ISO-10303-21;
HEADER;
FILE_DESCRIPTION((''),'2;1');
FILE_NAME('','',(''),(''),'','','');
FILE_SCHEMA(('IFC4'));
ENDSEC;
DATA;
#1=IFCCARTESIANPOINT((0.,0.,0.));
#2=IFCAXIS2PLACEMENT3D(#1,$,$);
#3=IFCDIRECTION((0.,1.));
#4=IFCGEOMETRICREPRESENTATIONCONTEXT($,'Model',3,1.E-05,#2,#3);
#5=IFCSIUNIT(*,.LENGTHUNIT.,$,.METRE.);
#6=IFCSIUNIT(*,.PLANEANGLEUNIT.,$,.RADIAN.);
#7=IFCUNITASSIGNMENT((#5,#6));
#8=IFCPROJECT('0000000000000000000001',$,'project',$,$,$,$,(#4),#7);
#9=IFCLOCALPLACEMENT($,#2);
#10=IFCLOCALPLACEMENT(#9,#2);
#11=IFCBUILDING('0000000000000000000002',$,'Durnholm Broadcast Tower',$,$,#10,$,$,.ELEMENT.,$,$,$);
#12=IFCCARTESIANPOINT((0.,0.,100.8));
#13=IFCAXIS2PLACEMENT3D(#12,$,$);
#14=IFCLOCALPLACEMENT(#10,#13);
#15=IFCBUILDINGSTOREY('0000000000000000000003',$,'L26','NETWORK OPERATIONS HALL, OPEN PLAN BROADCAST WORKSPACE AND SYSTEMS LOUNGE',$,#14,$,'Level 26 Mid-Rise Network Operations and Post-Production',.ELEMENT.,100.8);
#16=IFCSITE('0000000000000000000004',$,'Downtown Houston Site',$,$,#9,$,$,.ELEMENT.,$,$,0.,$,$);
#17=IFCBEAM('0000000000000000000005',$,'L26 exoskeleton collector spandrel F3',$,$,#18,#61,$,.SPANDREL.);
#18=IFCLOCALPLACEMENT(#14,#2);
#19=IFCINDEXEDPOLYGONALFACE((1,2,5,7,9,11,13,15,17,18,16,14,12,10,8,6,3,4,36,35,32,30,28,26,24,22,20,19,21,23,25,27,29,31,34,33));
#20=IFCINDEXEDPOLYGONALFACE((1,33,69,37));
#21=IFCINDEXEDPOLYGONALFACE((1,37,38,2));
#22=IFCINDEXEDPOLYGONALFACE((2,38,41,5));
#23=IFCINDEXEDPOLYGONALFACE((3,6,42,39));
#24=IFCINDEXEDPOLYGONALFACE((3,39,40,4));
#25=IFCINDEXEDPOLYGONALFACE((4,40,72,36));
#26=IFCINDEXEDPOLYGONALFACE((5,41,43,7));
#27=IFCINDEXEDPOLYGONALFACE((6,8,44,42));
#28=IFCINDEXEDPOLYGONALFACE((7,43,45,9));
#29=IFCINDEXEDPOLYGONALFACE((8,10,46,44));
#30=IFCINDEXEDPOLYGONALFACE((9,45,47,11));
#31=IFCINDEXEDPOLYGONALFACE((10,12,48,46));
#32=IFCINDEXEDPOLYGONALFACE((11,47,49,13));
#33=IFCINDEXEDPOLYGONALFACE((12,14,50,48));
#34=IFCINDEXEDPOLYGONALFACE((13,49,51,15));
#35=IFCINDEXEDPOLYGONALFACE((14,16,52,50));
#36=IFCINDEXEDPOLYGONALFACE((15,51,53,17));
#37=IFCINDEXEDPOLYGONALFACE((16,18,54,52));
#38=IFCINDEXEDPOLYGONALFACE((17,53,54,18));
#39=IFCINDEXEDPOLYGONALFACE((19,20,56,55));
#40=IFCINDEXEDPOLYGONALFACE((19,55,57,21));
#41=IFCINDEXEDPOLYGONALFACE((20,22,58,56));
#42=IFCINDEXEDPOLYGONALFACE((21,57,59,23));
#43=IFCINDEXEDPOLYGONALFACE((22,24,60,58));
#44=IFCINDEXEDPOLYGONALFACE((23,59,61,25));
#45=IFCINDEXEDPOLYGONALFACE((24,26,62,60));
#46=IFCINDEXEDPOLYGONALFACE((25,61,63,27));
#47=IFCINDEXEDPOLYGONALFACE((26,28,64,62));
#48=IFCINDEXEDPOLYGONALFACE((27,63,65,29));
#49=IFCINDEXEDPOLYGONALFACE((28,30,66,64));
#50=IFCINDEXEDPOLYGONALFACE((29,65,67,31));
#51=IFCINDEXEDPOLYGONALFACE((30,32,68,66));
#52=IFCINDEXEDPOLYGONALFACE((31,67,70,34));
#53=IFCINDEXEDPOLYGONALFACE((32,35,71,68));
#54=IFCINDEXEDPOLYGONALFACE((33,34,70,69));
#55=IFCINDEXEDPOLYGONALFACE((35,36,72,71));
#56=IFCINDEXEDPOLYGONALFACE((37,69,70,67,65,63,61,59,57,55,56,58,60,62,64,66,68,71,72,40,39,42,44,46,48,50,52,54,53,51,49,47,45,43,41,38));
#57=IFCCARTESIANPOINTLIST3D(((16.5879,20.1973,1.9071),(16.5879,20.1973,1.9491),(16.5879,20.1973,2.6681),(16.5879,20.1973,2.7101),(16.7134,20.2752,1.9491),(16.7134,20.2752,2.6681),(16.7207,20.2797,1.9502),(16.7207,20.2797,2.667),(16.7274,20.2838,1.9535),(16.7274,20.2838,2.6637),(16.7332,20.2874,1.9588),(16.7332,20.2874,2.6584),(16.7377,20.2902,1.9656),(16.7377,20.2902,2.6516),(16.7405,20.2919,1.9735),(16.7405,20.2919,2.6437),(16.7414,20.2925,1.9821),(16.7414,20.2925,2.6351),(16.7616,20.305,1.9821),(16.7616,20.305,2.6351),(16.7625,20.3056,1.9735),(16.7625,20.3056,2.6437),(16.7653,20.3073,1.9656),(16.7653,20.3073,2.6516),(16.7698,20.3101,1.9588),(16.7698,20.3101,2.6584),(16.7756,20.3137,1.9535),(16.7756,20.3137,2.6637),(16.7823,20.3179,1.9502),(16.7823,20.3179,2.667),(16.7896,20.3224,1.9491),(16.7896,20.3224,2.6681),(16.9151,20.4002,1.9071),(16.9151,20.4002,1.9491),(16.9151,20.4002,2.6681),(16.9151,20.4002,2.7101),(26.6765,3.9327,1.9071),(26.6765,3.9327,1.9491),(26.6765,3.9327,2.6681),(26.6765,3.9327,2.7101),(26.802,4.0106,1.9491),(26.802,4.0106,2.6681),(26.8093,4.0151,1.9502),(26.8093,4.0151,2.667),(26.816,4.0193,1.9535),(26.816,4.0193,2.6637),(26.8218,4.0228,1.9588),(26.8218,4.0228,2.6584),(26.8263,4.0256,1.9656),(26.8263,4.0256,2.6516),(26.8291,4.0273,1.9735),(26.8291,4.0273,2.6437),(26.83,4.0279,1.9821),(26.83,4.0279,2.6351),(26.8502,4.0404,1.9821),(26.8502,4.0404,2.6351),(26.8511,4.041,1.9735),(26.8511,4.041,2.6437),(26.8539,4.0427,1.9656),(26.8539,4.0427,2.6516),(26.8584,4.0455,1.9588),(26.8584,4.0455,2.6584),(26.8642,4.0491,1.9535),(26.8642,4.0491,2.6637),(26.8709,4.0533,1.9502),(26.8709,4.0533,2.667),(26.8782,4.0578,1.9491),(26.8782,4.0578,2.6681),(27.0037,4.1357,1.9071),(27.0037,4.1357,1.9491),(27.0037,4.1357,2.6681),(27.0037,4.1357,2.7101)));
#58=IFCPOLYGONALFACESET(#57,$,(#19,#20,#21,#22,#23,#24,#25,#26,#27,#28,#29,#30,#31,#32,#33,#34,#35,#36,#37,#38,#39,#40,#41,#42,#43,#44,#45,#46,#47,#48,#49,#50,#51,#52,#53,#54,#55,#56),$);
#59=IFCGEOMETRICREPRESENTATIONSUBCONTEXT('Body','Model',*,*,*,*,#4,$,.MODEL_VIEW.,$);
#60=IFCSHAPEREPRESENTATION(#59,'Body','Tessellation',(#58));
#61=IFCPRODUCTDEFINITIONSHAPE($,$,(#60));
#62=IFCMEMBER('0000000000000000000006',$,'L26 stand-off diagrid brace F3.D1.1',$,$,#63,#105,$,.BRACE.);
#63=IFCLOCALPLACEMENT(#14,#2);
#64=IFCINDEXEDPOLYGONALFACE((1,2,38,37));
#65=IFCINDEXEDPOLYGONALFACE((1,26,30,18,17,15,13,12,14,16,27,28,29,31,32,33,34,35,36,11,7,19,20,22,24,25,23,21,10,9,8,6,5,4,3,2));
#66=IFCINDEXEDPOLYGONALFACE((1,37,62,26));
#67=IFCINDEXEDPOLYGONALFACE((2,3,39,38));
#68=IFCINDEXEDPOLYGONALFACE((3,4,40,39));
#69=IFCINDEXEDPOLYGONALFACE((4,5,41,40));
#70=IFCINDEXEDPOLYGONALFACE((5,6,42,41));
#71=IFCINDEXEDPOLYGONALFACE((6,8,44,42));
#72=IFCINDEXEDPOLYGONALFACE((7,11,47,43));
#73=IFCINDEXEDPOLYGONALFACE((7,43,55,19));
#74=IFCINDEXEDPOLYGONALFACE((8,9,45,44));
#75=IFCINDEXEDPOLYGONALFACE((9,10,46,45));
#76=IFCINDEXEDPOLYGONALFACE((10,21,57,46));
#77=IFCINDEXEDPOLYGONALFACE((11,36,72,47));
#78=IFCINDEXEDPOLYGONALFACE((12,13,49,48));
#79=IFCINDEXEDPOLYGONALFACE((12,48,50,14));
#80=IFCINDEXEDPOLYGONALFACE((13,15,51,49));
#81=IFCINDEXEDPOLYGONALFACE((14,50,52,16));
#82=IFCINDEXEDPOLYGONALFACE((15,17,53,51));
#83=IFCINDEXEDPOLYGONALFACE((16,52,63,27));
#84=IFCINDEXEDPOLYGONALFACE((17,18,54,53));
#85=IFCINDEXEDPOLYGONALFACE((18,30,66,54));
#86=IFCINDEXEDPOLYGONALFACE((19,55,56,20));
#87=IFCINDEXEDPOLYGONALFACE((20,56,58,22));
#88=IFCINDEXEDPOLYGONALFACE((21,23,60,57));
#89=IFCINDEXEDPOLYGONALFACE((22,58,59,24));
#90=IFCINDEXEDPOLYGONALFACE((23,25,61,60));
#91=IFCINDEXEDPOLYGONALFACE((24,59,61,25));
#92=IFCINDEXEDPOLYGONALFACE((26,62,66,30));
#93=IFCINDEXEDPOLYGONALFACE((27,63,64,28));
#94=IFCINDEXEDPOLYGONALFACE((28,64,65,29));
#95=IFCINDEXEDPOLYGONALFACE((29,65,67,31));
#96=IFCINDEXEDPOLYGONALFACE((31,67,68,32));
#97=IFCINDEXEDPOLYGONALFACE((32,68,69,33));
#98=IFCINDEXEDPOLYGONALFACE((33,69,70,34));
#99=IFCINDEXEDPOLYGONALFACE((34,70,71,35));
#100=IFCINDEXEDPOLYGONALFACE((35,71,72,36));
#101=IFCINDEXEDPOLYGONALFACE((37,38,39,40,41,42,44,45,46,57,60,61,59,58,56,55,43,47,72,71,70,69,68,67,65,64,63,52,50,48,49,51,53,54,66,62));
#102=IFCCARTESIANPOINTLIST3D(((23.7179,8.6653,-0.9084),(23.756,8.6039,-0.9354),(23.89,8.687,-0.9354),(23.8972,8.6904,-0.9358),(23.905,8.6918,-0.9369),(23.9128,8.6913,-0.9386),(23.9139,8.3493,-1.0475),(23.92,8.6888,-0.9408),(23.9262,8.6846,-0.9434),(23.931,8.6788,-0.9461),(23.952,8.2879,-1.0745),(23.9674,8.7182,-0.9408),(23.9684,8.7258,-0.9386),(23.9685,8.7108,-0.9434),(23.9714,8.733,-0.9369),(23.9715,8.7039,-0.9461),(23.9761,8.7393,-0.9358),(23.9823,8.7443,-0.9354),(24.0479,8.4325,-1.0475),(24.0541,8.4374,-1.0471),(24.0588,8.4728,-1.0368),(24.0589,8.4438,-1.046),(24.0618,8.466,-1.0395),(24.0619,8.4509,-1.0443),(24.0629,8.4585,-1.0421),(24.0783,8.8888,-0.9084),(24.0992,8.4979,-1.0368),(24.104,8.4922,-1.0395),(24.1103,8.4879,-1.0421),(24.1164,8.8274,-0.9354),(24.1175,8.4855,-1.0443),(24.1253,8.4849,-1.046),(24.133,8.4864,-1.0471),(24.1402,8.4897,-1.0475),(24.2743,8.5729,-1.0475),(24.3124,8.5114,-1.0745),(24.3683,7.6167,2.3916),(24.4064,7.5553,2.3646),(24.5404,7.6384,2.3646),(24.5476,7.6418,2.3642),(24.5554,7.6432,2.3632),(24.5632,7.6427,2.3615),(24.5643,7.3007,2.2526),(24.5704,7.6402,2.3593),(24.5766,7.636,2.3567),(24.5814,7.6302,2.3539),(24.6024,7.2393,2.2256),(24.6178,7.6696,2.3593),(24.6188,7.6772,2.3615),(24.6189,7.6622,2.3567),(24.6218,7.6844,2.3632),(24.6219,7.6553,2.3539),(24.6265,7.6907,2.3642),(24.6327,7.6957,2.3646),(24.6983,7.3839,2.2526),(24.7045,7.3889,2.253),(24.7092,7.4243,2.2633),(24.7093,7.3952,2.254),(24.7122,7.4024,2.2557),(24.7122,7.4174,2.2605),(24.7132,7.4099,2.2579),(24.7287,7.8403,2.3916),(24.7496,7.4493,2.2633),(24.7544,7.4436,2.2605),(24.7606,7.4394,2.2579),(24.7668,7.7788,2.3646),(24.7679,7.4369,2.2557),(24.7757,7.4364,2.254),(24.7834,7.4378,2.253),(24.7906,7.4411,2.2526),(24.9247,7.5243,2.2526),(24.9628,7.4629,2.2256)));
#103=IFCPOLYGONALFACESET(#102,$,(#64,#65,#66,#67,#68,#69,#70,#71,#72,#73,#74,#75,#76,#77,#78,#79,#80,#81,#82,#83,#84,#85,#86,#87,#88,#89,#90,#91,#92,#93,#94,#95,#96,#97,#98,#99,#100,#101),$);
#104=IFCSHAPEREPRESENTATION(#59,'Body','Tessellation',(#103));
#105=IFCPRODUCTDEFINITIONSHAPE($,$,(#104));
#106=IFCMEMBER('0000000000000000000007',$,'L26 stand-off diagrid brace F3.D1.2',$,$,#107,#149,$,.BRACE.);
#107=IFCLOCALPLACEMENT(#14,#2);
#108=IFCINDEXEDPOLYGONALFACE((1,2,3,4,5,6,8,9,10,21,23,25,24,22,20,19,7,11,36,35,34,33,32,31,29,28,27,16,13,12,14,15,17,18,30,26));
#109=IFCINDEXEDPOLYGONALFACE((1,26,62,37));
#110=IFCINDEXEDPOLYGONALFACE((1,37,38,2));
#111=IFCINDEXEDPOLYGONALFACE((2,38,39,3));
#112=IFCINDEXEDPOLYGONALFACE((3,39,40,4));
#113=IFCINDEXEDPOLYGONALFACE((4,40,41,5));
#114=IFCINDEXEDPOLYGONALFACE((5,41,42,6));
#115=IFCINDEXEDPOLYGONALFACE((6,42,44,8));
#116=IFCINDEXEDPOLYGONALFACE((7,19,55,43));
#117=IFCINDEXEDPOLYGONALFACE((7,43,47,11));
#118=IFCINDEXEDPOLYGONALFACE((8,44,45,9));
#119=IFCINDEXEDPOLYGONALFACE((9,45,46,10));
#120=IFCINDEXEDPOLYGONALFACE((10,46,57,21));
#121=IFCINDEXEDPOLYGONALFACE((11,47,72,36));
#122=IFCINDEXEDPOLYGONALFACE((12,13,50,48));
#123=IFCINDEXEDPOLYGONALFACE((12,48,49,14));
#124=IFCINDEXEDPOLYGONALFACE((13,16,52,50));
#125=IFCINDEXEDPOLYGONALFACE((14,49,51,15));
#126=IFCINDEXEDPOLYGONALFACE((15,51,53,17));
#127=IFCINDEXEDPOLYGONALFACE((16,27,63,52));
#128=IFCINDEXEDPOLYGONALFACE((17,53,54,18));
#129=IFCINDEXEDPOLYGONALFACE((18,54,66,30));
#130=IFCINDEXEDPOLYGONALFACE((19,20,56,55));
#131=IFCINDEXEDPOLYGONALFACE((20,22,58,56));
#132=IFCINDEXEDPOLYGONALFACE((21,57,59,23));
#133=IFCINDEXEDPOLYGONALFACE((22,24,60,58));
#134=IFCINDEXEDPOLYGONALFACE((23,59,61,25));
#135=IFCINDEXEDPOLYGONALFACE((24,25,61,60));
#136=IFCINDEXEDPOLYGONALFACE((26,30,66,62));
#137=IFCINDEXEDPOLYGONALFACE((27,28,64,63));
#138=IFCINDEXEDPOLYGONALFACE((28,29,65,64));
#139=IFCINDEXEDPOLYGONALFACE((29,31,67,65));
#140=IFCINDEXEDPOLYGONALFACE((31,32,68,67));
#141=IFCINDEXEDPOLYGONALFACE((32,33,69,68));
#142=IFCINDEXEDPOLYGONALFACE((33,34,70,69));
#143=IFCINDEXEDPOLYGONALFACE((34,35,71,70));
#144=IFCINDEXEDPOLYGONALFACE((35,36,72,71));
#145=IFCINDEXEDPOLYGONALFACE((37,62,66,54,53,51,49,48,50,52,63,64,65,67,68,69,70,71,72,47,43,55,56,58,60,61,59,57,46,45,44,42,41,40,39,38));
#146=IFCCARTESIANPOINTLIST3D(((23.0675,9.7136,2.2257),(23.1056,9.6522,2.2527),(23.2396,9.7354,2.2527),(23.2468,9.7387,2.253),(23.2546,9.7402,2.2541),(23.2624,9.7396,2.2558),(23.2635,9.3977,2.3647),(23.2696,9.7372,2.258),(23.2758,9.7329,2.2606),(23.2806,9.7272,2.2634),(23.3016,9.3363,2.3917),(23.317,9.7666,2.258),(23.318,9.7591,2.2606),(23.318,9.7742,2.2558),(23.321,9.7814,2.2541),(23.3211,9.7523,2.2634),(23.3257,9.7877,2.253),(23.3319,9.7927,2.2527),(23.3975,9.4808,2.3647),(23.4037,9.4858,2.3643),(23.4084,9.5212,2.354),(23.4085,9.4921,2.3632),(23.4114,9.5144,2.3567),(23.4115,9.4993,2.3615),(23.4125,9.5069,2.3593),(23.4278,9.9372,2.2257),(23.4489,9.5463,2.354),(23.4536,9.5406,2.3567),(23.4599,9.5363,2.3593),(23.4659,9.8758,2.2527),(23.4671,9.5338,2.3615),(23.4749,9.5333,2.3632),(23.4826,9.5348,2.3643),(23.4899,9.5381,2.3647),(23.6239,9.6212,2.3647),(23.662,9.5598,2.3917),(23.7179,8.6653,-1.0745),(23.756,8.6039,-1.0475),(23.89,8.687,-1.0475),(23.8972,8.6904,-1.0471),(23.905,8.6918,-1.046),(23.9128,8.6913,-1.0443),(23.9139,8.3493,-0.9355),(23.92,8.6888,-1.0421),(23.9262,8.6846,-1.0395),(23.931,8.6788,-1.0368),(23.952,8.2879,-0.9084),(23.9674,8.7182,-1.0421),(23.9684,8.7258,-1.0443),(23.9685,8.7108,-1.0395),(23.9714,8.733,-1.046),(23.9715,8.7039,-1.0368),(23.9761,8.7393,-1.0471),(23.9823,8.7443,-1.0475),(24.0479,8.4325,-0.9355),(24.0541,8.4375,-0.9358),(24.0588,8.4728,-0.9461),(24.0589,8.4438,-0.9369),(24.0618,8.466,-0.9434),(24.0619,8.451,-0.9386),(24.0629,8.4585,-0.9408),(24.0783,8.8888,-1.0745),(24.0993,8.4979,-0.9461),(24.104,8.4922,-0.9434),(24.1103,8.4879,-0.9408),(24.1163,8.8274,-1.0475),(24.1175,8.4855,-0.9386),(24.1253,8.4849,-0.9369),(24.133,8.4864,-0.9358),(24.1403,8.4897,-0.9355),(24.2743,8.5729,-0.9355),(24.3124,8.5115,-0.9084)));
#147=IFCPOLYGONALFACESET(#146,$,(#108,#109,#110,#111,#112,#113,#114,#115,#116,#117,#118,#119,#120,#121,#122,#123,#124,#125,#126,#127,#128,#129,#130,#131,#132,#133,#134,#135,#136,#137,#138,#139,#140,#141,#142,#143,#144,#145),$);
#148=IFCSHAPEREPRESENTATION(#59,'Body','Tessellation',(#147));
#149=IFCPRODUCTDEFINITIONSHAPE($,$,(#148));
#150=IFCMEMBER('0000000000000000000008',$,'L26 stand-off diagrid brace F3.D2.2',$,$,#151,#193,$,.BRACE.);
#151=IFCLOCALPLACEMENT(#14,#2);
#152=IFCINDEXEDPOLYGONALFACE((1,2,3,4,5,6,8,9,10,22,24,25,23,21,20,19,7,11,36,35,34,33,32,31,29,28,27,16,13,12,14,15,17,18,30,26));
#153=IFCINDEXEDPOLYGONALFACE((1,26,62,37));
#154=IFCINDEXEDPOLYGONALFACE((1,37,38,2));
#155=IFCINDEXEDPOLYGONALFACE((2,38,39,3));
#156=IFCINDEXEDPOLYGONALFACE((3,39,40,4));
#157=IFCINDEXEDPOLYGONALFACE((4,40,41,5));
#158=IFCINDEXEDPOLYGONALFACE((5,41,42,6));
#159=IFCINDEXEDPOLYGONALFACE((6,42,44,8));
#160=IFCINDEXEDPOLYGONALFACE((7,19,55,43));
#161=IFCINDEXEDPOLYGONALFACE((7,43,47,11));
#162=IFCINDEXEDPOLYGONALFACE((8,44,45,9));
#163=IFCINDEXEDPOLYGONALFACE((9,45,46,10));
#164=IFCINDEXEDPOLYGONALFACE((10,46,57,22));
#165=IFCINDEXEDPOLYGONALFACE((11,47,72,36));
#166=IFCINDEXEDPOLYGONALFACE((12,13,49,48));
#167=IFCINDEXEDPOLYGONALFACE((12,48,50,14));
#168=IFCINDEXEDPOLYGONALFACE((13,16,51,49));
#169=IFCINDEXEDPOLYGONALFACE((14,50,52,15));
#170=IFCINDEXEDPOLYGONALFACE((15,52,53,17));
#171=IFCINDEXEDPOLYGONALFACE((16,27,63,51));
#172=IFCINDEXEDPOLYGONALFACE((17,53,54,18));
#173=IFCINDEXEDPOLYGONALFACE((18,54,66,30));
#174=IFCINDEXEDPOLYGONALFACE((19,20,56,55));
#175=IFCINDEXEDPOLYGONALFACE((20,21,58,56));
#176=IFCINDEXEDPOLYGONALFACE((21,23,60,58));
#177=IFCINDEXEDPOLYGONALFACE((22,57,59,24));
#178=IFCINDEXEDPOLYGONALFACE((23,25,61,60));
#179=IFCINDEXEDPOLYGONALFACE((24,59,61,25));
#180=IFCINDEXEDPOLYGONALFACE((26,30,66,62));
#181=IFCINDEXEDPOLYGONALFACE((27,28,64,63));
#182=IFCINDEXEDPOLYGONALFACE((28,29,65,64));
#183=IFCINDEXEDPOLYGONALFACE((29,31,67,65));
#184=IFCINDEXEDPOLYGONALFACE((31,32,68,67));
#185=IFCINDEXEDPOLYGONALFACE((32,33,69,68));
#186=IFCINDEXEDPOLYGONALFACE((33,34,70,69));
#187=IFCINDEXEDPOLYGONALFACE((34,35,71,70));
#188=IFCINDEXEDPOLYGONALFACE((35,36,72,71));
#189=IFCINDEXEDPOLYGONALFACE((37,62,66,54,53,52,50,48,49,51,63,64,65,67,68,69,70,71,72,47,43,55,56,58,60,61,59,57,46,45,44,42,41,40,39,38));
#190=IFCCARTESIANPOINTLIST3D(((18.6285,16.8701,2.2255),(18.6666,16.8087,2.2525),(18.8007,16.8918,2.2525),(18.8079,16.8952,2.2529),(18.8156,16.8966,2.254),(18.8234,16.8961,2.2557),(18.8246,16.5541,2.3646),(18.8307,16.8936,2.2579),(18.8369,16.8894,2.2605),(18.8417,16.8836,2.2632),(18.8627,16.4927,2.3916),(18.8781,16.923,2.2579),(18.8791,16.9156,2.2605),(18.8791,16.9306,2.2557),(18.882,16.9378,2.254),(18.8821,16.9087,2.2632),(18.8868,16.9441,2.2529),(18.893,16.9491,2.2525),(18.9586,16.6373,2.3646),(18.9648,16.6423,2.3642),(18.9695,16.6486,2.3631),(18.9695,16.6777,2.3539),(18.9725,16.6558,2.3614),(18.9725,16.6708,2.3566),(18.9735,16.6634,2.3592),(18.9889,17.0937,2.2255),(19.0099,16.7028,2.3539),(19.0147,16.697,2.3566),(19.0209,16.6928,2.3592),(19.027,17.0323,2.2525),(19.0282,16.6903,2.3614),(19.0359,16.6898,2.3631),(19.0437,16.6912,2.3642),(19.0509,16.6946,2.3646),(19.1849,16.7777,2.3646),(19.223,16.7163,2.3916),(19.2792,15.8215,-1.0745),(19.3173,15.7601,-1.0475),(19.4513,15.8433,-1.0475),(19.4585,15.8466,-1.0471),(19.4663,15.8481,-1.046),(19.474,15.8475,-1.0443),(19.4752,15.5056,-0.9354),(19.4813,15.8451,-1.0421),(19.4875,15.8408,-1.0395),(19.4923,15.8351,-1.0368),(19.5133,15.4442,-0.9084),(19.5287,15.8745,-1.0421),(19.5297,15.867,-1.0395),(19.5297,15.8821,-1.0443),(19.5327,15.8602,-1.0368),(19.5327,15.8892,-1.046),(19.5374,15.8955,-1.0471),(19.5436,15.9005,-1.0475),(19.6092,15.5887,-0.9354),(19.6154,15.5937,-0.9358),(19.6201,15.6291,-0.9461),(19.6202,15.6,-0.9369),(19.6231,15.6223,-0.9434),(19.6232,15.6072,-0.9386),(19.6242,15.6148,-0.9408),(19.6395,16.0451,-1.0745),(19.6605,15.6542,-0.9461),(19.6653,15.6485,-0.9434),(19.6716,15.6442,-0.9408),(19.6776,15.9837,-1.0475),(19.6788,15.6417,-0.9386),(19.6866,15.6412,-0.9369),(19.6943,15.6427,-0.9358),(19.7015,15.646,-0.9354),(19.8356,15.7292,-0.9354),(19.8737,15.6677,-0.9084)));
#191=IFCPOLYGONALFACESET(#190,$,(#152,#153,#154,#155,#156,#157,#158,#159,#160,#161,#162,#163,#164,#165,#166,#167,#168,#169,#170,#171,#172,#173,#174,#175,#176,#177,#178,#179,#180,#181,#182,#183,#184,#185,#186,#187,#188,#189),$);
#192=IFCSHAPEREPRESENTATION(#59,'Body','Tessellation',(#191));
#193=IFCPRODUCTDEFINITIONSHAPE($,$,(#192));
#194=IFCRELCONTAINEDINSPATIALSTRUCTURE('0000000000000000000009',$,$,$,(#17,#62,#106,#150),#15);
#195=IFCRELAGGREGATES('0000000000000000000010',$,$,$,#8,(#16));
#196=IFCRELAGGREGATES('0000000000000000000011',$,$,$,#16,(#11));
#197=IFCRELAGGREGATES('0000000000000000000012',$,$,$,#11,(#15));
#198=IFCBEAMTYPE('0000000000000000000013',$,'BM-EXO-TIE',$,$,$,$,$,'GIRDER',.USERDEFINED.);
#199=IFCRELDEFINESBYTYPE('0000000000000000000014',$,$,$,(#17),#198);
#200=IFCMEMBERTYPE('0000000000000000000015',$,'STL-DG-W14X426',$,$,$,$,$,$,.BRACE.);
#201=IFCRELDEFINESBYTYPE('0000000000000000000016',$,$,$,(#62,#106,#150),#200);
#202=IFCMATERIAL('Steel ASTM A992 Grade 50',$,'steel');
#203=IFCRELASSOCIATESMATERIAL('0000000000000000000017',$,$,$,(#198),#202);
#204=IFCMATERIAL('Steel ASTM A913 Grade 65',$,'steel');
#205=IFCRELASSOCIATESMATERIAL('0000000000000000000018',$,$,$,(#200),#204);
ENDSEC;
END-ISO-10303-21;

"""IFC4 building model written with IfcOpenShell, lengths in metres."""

from ifc_helpers import new_model, si_unit, direction, frame, origin, origin_2d, place, context, subcontext, project, spatial, i_section, extrude, source, transform, mapped, material, material_profile, profile_set, type_object, element, save


model = new_model("IFC4")

# Units and contexts
model_context = context("Model", 3, precision=1e-05, world=origin(), true_north=direction((0.0, 1.0)))
body_context = subcontext(model_context, "Body", "Model", "MODEL_VIEW")
ifc_project = project(units=[si_unit("LENGTHUNIT", "METRE"), si_unit("PLANEANGLEUNIT", "RADIAN")], contexts=[model_context])

# Site, building, storey
site_placement = place(None, origin())
site = spatial("IfcSite", under=ifc_project, at=site_placement, Name="Downtown Houston Site", CompositionType="ELEMENT", RefElevation=0.0)
building_placement = place(site_placement, origin())
building = spatial("IfcBuilding", under=site, at=building_placement, Name="Durnholm Broadcast Tower", CompositionType="ELEMENT")
storey_placement = place(building_placement, frame((0.0, 0.0, 100.8)))
storey = spatial("IfcBuildingStorey", under=building, at=storey_placement, Name="L26", Description="NETWORK OPERATIONS HALL, OPEN PLAN BROADCAST WORKSPACE AND SYSTEMS LOUNGE", LongName="Level 26 Mid-Rise Network Operations and Post-Production", CompositionType="ELEMENT", Elevation=100.8)

# Beam
ifc_material_1 = material(Name="Steel ASTM A992 Grade 50", Category="steel")
ifc_material_profile_1 = material_profile(ifc_material_1, i_section(OverallWidth=0.385, OverallDepth=0.803, WebThickness=0.0237, FlangeThickness=0.042, FilletRadius=0.033, at=origin_2d()), Name="W30X261")
ifc_profile_set_1 = profile_set([ifc_material_profile_1], Name="Steel ASTM A992 Grade 50")
beam_type_1 = type_object("IfcBeamType", Name="BM-EXO-TIE", ElementType="GIRDER", PredefinedType="USERDEFINED", material=ifc_profile_set_1)
shared_shape_1 = source(origin(), body_context, "Body", "SweptSolid", [
    extrude(i_section(OverallWidth=0.385, OverallDepth=0.803, WebThickness=0.0237, FlangeThickness=0.042, FilletRadius=0.033, at=origin_2d()), origin(), (0.0, 0.0, 1.0), 19.1394),
])
beam_1_placement = place(storey_placement, frame((26.8401, 4.0342, 2.3086), z_axis=(-0.527111, 0.849796, 0.0), x_axis=(-0.849796, -0.527111, 0.0)))
element("IfcBeam", 1, at=beam_1_placement, inside=storey, type_object=beam_type_1, Name="L26 exoskeleton collector spandrel F3", PredefinedType="SPANDREL", context=body_context, shape_type="MappedRepresentation", body=[
    mapped(shared_shape_1, transform((0.0, 0.0, 0.0), x_axis=(1.0, 0.0, 0.0), y_axis=(0.0, 1.0, 0.0), z_axis=(0.0, 0.0, 1.0), scale=1.0)),
])

# Members
ifc_material_2 = material(Name="Steel ASTM A913 Grade 65", Category="steel")
ifc_material_profile_2 = material_profile(ifc_material_2, i_section(OverallWidth=0.4241, OverallDepth=0.4741, WebThickness=0.0476, FlangeThickness=0.0771, FilletRadius=0.0305, at=origin_2d()), Name="W14X426")
ifc_profile_set_2 = profile_set([ifc_material_profile_2], Name="Steel ASTM A913 Grade 65")
member_type_1 = type_object("IfcMemberType", Name="STL-DG-W14X426", PredefinedType="BRACE", material=ifc_profile_set_2)
shared_shape_2 = source(origin(), body_context, "Body", "SweptSolid", [
    extrude(i_section(OverallWidth=0.4241, OverallDepth=0.4741, WebThickness=0.0476, FlangeThickness=0.0771, FilletRadius=0.0305, at=origin_2d()), origin(), (0.0, 0.0, 1.0), 3.5232),
])
for number, where, z_axis, x_axis, name in (
    (2, (24.0151, 8.5884, -0.9915), (0.184603, -0.297624, 0.936665), (0.849805, 0.527097, 0.0), "L26 stand-off diagrid brace F3.D1.1"),
    (3, (24.0151, 8.5884, -0.9915), (-0.184607, 0.29756, 0.936685), (-0.84975, -0.527186, 0.0), "L26 stand-off diagrid brace F3.D1.2"),
    (4, (19.5764, 15.7446, -0.9915), (-0.18467, 0.29762, 0.936653), (-0.849717, -0.52724, 0.0), "L26 stand-off diagrid brace F3.D2.2"),
):
    element("IfcMember", number, at=place(storey_placement, frame(where, z_axis=z_axis, x_axis=x_axis)), inside=storey, type_object=member_type_1, Name=name, PredefinedType="BRACE", context=body_context, shape_type="MappedRepresentation", body=[
        mapped(shared_shape_2, transform((0.0, 0.0, 0.0), x_axis=(1.0, 0.0, 0.0), y_axis=(0.0, 1.0, 0.0), z_axis=(0.0, 0.0, 1.0), scale=1.0)),
    ])

save(model, "model.ifc")
